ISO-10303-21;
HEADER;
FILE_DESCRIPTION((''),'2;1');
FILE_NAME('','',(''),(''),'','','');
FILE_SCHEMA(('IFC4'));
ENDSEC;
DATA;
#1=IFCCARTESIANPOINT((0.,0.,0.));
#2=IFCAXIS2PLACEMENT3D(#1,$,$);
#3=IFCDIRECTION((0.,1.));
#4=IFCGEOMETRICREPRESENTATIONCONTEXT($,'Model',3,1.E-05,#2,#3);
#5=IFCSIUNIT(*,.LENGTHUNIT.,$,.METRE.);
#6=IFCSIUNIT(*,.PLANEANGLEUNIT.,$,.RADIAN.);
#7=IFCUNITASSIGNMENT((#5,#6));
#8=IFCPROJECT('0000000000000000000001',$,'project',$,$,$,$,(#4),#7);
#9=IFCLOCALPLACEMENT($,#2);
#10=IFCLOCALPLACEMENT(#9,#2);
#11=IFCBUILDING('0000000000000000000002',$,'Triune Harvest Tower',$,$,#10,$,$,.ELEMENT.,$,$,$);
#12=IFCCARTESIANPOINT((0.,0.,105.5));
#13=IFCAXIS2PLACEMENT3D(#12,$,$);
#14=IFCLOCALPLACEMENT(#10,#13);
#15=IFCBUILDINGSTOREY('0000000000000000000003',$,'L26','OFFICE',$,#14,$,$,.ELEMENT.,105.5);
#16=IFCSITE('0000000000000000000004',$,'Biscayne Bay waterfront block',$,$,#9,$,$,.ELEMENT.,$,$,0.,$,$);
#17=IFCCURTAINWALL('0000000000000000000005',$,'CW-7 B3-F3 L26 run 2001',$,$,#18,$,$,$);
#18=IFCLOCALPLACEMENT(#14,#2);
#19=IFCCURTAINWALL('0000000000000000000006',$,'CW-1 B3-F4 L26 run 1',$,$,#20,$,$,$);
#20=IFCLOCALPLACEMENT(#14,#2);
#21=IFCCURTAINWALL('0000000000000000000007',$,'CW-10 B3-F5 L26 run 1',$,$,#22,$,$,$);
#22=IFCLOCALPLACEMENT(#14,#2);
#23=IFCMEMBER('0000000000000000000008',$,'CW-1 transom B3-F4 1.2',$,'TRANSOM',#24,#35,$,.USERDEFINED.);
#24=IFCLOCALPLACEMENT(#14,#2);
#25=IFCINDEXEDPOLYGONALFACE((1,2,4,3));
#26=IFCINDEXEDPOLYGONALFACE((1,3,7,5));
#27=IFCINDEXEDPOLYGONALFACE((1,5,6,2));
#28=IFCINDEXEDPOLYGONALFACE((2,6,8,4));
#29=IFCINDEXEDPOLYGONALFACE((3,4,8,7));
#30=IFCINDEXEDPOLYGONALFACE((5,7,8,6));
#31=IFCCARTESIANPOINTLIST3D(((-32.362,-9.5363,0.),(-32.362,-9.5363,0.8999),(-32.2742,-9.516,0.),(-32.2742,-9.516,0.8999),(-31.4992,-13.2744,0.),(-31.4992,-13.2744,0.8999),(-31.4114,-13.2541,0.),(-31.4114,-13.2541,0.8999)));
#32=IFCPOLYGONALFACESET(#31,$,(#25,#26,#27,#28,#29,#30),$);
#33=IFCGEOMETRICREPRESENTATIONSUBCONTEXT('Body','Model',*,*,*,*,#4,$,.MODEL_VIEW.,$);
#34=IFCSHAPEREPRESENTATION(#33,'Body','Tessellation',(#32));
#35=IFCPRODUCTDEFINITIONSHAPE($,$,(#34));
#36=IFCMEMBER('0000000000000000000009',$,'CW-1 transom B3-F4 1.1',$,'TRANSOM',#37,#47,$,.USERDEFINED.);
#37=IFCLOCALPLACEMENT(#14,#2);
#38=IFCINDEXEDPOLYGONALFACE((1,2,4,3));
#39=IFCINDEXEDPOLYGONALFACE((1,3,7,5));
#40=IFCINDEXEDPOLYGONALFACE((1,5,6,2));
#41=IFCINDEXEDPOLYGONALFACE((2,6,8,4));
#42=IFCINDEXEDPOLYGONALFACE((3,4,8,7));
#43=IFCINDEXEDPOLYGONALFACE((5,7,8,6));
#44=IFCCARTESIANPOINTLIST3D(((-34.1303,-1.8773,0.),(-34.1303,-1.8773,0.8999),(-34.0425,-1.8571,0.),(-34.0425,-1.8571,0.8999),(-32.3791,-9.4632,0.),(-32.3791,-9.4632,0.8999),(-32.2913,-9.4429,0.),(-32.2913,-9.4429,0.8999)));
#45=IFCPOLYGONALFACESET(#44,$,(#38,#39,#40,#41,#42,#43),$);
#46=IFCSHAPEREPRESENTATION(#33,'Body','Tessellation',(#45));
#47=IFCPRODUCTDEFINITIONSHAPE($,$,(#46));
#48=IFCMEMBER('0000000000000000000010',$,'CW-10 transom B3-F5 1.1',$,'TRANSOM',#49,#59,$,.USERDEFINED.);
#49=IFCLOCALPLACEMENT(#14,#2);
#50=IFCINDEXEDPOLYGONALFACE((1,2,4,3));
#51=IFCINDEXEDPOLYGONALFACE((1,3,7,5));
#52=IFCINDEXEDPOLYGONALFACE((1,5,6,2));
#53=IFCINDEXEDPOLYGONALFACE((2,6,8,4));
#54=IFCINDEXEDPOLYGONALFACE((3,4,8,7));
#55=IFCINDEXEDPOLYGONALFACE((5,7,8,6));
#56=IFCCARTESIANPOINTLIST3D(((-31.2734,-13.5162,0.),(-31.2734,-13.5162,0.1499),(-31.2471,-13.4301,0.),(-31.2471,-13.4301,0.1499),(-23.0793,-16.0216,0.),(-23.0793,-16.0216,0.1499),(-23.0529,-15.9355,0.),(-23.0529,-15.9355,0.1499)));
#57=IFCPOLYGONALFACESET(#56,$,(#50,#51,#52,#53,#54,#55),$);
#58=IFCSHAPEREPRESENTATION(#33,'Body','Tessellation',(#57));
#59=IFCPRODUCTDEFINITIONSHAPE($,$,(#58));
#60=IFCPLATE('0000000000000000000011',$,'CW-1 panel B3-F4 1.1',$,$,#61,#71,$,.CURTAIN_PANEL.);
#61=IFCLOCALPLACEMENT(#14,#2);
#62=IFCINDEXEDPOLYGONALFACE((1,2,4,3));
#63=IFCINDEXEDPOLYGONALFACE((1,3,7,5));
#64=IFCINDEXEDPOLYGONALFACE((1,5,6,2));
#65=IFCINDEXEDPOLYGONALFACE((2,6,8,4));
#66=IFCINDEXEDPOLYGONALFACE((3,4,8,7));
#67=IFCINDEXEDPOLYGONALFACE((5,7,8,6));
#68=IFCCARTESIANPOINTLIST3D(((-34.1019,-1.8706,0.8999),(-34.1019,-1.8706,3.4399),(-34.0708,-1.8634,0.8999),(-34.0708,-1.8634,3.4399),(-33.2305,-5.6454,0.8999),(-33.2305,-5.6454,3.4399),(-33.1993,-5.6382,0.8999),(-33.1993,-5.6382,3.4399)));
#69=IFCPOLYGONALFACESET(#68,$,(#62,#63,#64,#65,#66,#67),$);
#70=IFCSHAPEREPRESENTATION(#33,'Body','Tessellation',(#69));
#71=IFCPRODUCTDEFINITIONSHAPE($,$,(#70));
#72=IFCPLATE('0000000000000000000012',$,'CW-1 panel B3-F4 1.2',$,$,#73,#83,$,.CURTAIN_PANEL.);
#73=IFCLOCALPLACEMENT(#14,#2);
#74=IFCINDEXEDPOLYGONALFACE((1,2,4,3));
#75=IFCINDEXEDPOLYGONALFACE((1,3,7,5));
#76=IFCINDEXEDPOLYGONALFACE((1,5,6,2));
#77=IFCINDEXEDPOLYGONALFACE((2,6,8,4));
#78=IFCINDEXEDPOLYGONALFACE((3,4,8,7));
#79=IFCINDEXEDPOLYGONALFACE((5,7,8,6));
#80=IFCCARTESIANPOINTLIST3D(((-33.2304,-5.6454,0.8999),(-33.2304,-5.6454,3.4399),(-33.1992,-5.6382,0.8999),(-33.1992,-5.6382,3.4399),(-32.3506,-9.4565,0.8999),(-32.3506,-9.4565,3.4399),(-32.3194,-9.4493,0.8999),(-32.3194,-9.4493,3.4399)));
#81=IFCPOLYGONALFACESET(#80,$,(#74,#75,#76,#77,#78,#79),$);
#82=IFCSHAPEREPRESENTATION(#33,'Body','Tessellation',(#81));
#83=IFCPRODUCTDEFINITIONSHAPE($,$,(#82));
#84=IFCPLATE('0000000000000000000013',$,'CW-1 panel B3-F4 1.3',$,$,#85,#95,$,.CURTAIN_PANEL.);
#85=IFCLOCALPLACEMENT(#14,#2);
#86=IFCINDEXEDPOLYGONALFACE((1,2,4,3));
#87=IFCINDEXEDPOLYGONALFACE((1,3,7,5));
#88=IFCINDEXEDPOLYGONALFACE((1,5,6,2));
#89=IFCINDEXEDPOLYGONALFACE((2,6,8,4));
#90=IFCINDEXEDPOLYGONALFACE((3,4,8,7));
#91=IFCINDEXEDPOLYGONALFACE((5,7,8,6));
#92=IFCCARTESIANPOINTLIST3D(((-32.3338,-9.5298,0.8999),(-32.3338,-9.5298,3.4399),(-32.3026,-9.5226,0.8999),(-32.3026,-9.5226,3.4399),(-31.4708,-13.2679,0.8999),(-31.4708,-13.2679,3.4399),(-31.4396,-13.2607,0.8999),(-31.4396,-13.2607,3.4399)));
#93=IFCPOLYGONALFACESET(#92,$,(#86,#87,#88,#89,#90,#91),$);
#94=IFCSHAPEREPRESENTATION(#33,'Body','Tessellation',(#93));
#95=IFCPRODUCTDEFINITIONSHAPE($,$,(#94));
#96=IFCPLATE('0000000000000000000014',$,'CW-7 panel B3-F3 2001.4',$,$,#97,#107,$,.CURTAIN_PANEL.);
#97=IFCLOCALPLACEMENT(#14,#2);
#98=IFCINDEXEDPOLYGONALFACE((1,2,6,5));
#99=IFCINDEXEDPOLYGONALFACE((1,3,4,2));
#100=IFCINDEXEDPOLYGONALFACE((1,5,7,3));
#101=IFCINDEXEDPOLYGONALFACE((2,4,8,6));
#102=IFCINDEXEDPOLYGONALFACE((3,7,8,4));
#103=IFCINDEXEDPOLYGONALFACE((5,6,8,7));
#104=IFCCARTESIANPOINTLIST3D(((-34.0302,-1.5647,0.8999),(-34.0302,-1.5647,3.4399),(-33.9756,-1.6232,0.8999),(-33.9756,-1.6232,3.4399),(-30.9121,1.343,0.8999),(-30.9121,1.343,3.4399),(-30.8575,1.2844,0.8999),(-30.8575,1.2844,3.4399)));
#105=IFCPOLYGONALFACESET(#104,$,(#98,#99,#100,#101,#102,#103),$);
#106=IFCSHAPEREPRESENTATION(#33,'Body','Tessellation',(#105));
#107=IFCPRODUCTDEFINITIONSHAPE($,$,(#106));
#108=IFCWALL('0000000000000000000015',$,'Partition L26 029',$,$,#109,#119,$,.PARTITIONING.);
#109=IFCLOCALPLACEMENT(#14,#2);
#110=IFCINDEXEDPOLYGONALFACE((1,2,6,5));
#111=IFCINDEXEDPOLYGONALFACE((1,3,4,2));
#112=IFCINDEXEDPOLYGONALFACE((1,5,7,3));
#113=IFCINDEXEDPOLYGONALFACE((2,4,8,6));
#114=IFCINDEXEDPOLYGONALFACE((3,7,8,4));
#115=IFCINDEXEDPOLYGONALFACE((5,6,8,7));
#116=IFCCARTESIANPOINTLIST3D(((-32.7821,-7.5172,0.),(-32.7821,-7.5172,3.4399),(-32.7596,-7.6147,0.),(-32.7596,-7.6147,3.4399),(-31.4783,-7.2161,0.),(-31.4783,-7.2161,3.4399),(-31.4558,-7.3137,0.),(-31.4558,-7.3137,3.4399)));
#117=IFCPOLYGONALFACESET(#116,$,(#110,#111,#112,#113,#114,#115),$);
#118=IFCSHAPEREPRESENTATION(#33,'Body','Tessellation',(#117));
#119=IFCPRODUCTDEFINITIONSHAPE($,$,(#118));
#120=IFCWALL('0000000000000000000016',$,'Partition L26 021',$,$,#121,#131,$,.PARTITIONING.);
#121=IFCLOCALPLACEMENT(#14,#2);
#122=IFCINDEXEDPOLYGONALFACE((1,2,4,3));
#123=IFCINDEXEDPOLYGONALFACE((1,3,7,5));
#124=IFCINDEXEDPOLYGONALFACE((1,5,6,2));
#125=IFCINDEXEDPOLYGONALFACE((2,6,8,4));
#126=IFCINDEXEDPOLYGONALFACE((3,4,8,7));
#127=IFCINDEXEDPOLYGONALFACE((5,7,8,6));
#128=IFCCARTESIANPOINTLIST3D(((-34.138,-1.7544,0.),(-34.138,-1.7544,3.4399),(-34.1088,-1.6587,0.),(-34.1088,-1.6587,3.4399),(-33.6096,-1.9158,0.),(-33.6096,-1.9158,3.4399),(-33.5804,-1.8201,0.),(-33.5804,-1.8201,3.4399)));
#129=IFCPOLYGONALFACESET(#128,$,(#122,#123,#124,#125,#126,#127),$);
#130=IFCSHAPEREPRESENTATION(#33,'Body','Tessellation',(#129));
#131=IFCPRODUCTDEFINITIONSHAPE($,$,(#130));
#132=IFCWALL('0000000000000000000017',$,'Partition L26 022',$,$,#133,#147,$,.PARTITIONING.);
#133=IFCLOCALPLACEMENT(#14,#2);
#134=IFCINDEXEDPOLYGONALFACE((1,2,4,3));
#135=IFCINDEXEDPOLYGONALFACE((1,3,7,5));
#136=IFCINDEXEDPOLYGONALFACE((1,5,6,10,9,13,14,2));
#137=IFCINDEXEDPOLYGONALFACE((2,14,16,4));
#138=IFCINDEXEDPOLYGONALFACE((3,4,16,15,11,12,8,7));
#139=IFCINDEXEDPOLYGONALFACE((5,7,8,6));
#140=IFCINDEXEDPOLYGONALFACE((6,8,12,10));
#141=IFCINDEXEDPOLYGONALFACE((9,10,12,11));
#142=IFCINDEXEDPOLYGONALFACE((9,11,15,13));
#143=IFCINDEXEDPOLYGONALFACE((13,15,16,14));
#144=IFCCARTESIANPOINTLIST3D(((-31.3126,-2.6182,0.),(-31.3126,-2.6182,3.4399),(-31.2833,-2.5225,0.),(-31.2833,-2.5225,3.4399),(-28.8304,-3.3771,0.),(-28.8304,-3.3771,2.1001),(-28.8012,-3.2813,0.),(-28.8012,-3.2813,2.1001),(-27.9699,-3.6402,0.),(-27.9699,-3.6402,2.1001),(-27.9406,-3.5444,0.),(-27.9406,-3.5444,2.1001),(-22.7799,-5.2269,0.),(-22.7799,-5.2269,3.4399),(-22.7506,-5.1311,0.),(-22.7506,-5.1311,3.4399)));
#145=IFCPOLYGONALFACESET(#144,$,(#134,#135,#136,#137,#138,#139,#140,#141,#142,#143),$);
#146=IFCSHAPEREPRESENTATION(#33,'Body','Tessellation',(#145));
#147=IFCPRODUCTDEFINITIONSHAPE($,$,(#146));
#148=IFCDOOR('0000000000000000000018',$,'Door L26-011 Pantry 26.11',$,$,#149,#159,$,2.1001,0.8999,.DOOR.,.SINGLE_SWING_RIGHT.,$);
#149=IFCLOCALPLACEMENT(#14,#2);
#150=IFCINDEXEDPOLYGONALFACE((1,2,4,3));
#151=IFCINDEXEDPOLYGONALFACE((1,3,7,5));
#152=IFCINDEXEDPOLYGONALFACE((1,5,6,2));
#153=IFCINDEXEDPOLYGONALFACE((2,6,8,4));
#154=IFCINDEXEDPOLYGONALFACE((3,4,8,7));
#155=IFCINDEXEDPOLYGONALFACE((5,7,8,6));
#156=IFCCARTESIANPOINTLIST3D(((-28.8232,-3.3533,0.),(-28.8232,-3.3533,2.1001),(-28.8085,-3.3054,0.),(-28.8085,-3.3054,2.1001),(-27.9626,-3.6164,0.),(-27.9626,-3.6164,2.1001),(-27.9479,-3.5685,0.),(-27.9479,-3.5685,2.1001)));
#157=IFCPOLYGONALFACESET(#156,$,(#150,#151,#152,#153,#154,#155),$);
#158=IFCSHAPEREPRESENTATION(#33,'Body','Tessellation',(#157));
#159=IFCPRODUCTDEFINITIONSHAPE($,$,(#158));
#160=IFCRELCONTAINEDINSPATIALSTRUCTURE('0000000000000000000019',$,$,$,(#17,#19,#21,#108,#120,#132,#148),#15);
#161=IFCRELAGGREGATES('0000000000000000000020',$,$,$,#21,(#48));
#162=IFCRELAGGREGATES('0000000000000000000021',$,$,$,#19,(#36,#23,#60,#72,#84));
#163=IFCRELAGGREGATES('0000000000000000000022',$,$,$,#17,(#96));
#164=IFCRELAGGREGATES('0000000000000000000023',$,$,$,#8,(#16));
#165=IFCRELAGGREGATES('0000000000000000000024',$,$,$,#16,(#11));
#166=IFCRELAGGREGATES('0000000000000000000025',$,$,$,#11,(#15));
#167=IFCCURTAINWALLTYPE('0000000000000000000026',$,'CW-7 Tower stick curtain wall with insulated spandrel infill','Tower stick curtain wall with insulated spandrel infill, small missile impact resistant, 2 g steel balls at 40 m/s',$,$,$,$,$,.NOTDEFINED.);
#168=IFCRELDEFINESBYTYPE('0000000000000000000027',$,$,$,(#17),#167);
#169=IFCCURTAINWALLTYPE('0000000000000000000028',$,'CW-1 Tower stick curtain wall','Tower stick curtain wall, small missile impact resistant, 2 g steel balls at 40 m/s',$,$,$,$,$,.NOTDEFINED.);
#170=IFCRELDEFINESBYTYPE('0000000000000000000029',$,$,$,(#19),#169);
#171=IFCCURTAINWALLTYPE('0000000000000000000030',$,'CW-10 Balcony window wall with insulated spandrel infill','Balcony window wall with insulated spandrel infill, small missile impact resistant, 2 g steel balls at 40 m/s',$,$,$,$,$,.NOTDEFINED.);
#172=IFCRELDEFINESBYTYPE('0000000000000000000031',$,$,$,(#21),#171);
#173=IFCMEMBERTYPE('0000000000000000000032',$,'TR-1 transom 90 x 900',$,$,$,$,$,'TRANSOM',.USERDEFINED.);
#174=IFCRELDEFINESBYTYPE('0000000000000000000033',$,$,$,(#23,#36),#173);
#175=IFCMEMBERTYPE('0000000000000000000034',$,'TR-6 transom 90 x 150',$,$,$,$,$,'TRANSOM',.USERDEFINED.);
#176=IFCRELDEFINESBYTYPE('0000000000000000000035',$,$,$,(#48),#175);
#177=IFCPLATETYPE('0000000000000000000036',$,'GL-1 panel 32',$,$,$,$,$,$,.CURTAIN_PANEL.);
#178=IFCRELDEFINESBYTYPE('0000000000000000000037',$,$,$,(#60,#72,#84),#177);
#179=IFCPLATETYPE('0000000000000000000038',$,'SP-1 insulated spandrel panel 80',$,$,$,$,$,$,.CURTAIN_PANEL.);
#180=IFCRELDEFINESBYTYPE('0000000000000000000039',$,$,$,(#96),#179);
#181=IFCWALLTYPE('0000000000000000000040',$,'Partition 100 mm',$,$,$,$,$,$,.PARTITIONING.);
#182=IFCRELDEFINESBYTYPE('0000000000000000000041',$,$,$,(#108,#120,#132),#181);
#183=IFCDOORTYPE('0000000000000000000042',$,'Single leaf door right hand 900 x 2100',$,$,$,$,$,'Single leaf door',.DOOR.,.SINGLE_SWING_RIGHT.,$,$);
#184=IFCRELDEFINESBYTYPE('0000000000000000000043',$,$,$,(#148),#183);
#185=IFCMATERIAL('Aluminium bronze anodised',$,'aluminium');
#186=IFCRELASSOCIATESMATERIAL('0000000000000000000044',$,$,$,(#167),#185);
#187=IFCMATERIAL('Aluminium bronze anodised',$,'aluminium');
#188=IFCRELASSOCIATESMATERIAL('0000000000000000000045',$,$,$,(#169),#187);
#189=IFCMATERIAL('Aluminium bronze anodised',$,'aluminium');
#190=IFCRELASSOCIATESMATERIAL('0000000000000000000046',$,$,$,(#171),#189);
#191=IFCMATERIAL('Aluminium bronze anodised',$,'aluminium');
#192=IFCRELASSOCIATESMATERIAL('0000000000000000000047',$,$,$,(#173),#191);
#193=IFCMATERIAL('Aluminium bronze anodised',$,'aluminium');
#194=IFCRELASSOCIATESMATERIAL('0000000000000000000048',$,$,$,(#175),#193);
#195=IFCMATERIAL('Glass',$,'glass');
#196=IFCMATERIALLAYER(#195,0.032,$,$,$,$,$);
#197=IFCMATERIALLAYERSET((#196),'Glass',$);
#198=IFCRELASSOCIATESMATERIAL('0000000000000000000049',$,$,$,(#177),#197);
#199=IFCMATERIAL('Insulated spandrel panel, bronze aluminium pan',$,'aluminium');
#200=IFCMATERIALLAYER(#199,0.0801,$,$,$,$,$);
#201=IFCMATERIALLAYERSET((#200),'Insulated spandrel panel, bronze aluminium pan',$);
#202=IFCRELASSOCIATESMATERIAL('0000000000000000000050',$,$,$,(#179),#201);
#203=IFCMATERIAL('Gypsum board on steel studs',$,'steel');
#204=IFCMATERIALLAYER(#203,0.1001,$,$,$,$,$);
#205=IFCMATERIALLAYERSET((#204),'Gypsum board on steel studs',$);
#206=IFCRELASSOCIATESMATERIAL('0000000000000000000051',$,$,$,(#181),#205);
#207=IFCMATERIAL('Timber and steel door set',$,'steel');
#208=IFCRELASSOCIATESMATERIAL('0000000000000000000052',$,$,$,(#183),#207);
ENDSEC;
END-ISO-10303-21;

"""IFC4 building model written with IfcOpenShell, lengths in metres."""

from ifc_helpers import new_model, si_unit, direction, frame, frame_2d, origin, origin_2d, place, context, subcontext, project, spatial, rectangle, extrude, source, transform, mapped, material, layer, layer_set, material_profile, profile_set, type_object, element, fill, aggregate, save


model = new_model("IFC4")

# Units and contexts
model_context = context("Model", 3, precision=1e-05, world=origin(), true_north=direction((0.0, 1.0)))
body_context = subcontext(model_context, "Body", "Model", "MODEL_VIEW")
ifc_project = project(units=[si_unit("LENGTHUNIT", "METRE"), si_unit("PLANEANGLEUNIT", "RADIAN")], contexts=[model_context])

# Site, building, storey
site_placement = place(None, origin())
site = spatial("IfcSite", under=ifc_project, at=site_placement, Name="Biscayne Bay waterfront block", CompositionType="ELEMENT", RefElevation=0.0)
building_placement = place(site_placement, origin())
building = spatial("IfcBuilding", under=site, at=building_placement, Name="Triune Harvest Tower", CompositionType="ELEMENT")
storey_placement = place(building_placement, frame((0.0, 0.0, 105.5)))
storey = spatial("IfcBuildingStorey", under=building, at=storey_placement, Name="L26", Description="OFFICE", CompositionType="ELEMENT", Elevation=105.5)

# Curtain wall
ifc_material_1 = material(Name="Aluminium bronze anodised", Category="aluminium")
curtain_wall_type_1 = type_object("IfcCurtainWallType", Name="CW-7 Tower stick curtain wall with insulated spandrel infill", Description="Tower stick curtain wall with insulated spandrel infill, small missile impact resistant, 2 g steel balls at 40 m/s", PredefinedType="NOTDEFINED", material=ifc_material_1)
curtain_wall_1_placement = place(storey_placement, origin())
curtain_wall_1 = element("IfcCurtainWall", 1, at=curtain_wall_1_placement, inside=storey, type_object=curtain_wall_type_1, Name="CW-7 B3-F3 L26 run 2001")

# Curtain wall
ifc_material_2 = material(Name="Aluminium bronze anodised", Category="aluminium")
curtain_wall_type_2 = type_object("IfcCurtainWallType", Name="CW-1 Tower stick curtain wall", Description="Tower stick curtain wall, small missile impact resistant, 2 g steel balls at 40 m/s", PredefinedType="NOTDEFINED", material=ifc_material_2)
curtain_wall_2_placement = place(storey_placement, origin())
curtain_wall_2 = element("IfcCurtainWall", 2, at=curtain_wall_2_placement, inside=storey, type_object=curtain_wall_type_2, Name="CW-1 B3-F4 L26 run 1")

# Curtain wall
ifc_material_3 = material(Name="Aluminium bronze anodised", Category="aluminium")
curtain_wall_type_3 = type_object("IfcCurtainWallType", Name="CW-10 Balcony window wall with insulated spandrel infill", Description="Balcony window wall with insulated spandrel infill, small missile impact resistant, 2 g steel balls at 40 m/s", PredefinedType="NOTDEFINED", material=ifc_material_3)
curtain_wall_3_placement = place(storey_placement, origin())
curtain_wall_3 = element("IfcCurtainWall", 3, at=curtain_wall_3_placement, inside=storey, type_object=curtain_wall_type_3, Name="CW-10 B3-F5 L26 run 1")

# Members
ifc_material_4 = material(Name="Aluminium bronze anodised", Category="aluminium")
ifc_material_profile_1 = material_profile(ifc_material_4, rectangle(XDim=0.0901, YDim=0.8999, at=origin_2d()), Name="TR-1 transom 90 x 900")
ifc_profile_set_1 = profile_set([ifc_material_profile_1], Name="Aluminium bronze anodised")
member_type_1 = type_object("IfcMemberType", Name="TR-1 transom 90 x 900", ElementType="TRANSOM", PredefinedType="USERDEFINED", material=ifc_profile_set_1)
shared_shape_1 = source(origin(), body_context, "Body", "SweptSolid", [
    extrude(rectangle(XDim=0.0901, YDim=0.8999, at=origin_2d()), origin(), (0.0, 0.0, 1.0), 3.8364),
])
member_1_placement = place(storey_placement, frame((-32.3181, -9.5261, 0.45), z_axis=(0.224901, -0.974382, 0.0), x_axis=(0.974382, 0.224901, 0.0)))
member_1 = element("IfcMember", 4, at=member_1_placement, type_object=member_type_1, Name="CW-1 transom B3-F4 1.2", ObjectType="TRANSOM", PredefinedType="USERDEFINED", context=body_context, shape_type="MappedRepresentation", body=[
    mapped(shared_shape_1, transform((0.0, 0.0, 0.0), scale=1.0)),
])
shared_shape_2 = source(origin(), body_context, "Body", "SweptSolid", [
    extrude(rectangle(XDim=0.0901, YDim=0.8999, at=origin_2d()), origin(), (0.0, 0.0, 1.0), 7.7854),
])
member_2_placement = place(storey_placement, frame((-34.0864, -1.8672, 0.45), z_axis=(0.224935, -0.974374, 0.0), x_axis=(0.974374, 0.224935, 0.0)))
member_2 = element("IfcMember", 5, at=member_2_placement, type_object=member_type_1, Name="CW-1 transom B3-F4 1.1", ObjectType="TRANSOM", PredefinedType="USERDEFINED", context=body_context, shape_type="MappedRepresentation", body=[
    mapped(shared_shape_2, transform((0.0, 0.0, 0.0), scale=1.0)),
])
ifc_material_5 = material(Name="Aluminium bronze anodised", Category="aluminium")
ifc_material_profile_2 = material_profile(ifc_material_5, rectangle(XDim=0.0901, YDim=0.1499, at=origin_2d()), Name="TR-6 transom 90 x 150")
ifc_profile_set_2 = profile_set([ifc_material_profile_2], Name="Aluminium bronze anodised")
member_type_2 = type_object("IfcMemberType", Name="TR-6 transom 90 x 150", ElementType="TRANSOM", PredefinedType="USERDEFINED", material=ifc_profile_set_2)
shared_shape_3 = source(origin(), body_context, "Body", "SweptSolid", [
    extrude(rectangle(XDim=0.0901, YDim=0.1499, at=origin_2d()), origin(), (0.0, 0.0, 1.0), 8.5686),
])
member_3_placement = place(storey_placement, frame((-31.2603, -13.4731, 0.075), z_axis=(0.956299, -0.292392, 0.0), x_axis=(0.292392, 0.956299, 0.0)))
member_3 = element("IfcMember", 6, at=member_3_placement, type_object=member_type_2, Name="CW-10 transom B3-F5 1.1", ObjectType="TRANSOM", PredefinedType="USERDEFINED", context=body_context, shape_type="MappedRepresentation", body=[
    mapped(shared_shape_3, transform((0.0, 0.0, 0.0), scale=1.0)),
])
aggregate(curtain_wall_3, [member_3])

# Plates
ifc_material_6 = material(Name="Glass", Category="glass")
ifc_layer_1 = layer(ifc_material_6, 0.032)
ifc_layer_set_1 = layer_set([ifc_layer_1], Name="Glass")
plate_type_1 = type_object("IfcPlateType", Name="GL-1 panel 32", PredefinedType="CURTAIN_PANEL", material=ifc_layer_set_1)
shared_shape_4 = source(origin(), body_context, "Body", "SweptSolid", [
    extrude(rectangle(XDim=3.874, YDim=0.032, at=origin_2d()), origin(), (0.0, 0.0, 1.0), 2.54),
])
plate_1_placement = place(storey_placement, frame((-33.6506, -3.7544, 0.8999), z_axis=(0.0, 0.0, 1.0), x_axis=(0.224947, -0.974371, 0.0)))
plate_1 = element("IfcPlate", 7, at=plate_1_placement, type_object=plate_type_1, Name="CW-1 panel B3-F4 1.1", PredefinedType="CURTAIN_PANEL", context=body_context, shape_type="MappedRepresentation", body=[
    mapped(shared_shape_4, transform((0.0, 0.0, 0.0), scale=1.0)),
])
shared_shape_5 = source(origin(), body_context, "Body", "SweptSolid", [
    extrude(rectangle(XDim=3.9114, YDim=0.032, at=origin_2d()), origin(), (0.0, 0.0, 1.0), 2.54),
])
plate_2_placement = place(storey_placement, frame((-32.7749, -7.5474, 0.8999), z_axis=(0.0, 0.0, 1.0), x_axis=(0.224947, -0.974371, 0.0)))
plate_2 = element("IfcPlate", 8, at=plate_2_placement, type_object=plate_type_1, Name="CW-1 panel B3-F4 1.2", PredefinedType="CURTAIN_PANEL", context=body_context, shape_type="MappedRepresentation", body=[
    mapped(shared_shape_5, transform((0.0, 0.0, 0.0), scale=1.0)),
])
shared_shape_6 = source(origin(), body_context, "Body", "SweptSolid", [
    extrude(rectangle(XDim=3.8364, YDim=0.032, at=origin_2d()), origin(), (0.0, 0.0, 1.0), 2.54),
])
plate_3_placement = place(storey_placement, frame((-31.8867, -11.3953, 0.8999), z_axis=(0.0, 0.0, 1.0), x_axis=(0.224947, -0.974371, 0.0)))
plate_3 = element("IfcPlate", 9, at=plate_3_placement, type_object=plate_type_1, Name="CW-1 panel B3-F4 1.3", PredefinedType="CURTAIN_PANEL", context=body_context, shape_type="MappedRepresentation", body=[
    mapped(shared_shape_6, transform((0.0, 0.0, 0.0), scale=1.0)),
])
aggregate(curtain_wall_2, [member_2, member_1, plate_1, plate_2, plate_3])
ifc_material_7 = material(Name="Insulated spandrel panel, bronze aluminium pan", Category="aluminium")
ifc_layer_2 = layer(ifc_material_7, 0.0801)
ifc_layer_set_2 = layer_set([ifc_layer_2], Name="Insulated spandrel panel, bronze aluminium pan")
plate_type_2 = type_object("IfcPlateType", Name="SP-1 insulated spandrel panel 80", PredefinedType="CURTAIN_PANEL", material=ifc_layer_set_2)
shared_shape_7 = source(origin(), body_context, "Body", "SweptSolid", [
    extrude(rectangle(XDim=4.2634, YDim=0.0801, at=origin_2d()), origin(), (0.0, 0.0, 1.0), 2.54),
])
plate_4_placement = place(storey_placement, frame((-32.4438, -0.1401, 0.8999), z_axis=(0.0, 0.0, 1.0), x_axis=(-0.731353, -0.681999, 0.0)))
plate_4 = element("IfcPlate", 10, at=plate_4_placement, type_object=plate_type_2, Name="CW-7 panel B3-F3 2001.4", PredefinedType="CURTAIN_PANEL", context=body_context, shape_type="MappedRepresentation", body=[
    mapped(shared_shape_7, transform((0.0, 0.0, 0.0), scale=1.0)),
])
aggregate(curtain_wall_1, [plate_4])

# Walls
ifc_material_8 = material(Name="Gypsum board on steel studs", Category="steel")
ifc_layer_3 = layer(ifc_material_8, 0.1001)
ifc_layer_set_3 = layer_set([ifc_layer_3], Name="Gypsum board on steel studs")
wall_type = type_object("IfcWallType", Name="Partition 100 mm", PredefinedType="PARTITIONING", material=ifc_layer_set_3)
shared_shape_8 = source(origin(), body_context, "Body", "SweptSolid", [
    extrude(rectangle(XDim=1.3381, YDim=0.1001, at=frame_2d((0.6689, 0.0))), origin(), (0.0, 0.0, 1.0), 3.4399),
])
wall_1_placement = place(storey_placement, frame((-32.7708, -7.5659, 0.0), z_axis=(0.0, 0.0, 1.0), x_axis=(0.974364, 0.224979, 0.0)))
element("IfcWall", 11, at=wall_1_placement, inside=storey, type_object=wall_type, Name="Partition L26 029", PredefinedType="PARTITIONING", context=body_context, shape_type="MappedRepresentation", body=[
    mapped(shared_shape_8, transform((0.0, 0.0, 0.0), scale=1.0)),
])
shared_shape_9 = source(origin(), body_context, "Body", "SweptSolid", [
    extrude(rectangle(XDim=0.5525, YDim=0.1001, at=frame_2d((0.2764, 0.0))), origin(), (0.0, 0.0, 1.0), 3.4399),
])
wall_2_placement = place(storey_placement, frame((-34.1235, -1.7065, 0.0), z_axis=(0.0, 0.0, 1.0), x_axis=(0.956379, -0.292129, 0.0)))
element("IfcWall", 12, at=wall_2_placement, inside=storey, type_object=wall_type, Name="Partition L26 021", PredefinedType="PARTITIONING", context=body_context, shape_type="MappedRepresentation", body=[
    mapped(shared_shape_9, transform((0.0, 0.0, 0.0), scale=1.0)),
])

# Wall, opening, door
shared_shape_10 = source(origin(), body_context, "Body", "SweptSolid", [
    extrude(rectangle(XDim=8.9226, YDim=0.1001, at=frame_2d((4.4614, 0.0))), origin(), (0.0, 0.0, 1.0), 3.4399),
])
wall_3_placement = place(storey_placement, frame((-31.2981, -2.5703, 0.0), z_axis=(0.0, 0.0, 1.0), x_axis=(0.956307, -0.292365, 0.0)))
wall_3 = element("IfcWall", 13, at=wall_3_placement, inside=storey, type_object=wall_type, Name="Partition L26 022", PredefinedType="PARTITIONING", context=body_context, shape_type="MappedRepresentation", body=[
    mapped(shared_shape_10, transform((0.0, 0.0, 0.0), scale=1.0)),
])
opening_1_placement = place(wall_3_placement, frame((2.5957, 0.0, 0.0)))
opening_1 = element("IfcOpeningElement", 14, at=opening_1_placement, cuts=wall_3, PredefinedType="OPENING", context=body_context, shape_type="SweptSolid", body=[
    extrude(rectangle(XDim=0.8999, YDim=2.1001, at=frame_2d((0.45, 1.05))), frame((0.0, 0.0601, 0.0), z_axis=(0.0, -1.0, 0.0), x_axis=(1.0, 0.0, 0.0)), (0.0, 0.0, 1.0), 0.1201),
])
ifc_material_9 = material(Name="Timber and steel door set", Category="steel")
door_type = type_object("IfcDoorType", Name="Single leaf door right hand 900 x 2100", ElementType="Single leaf door", OperationType="SINGLE_SWING_RIGHT", PredefinedType="DOOR", material=ifc_material_9)
door_1_placement = place(opening_1_placement, origin())
door_1 = element("IfcDoor", 15, at=door_1_placement, inside=storey, type_object=door_type, Name="Door L26-011 Pantry 26.11", OperationType="SINGLE_SWING_RIGHT", OverallHeight=2.1001, OverallWidth=0.8999, PredefinedType="DOOR", context=body_context, shape_type="SweptSolid", body=[
    extrude(rectangle(XDim=0.8999, YDim=2.1001, at=frame_2d((0.45, 1.05))), frame((0.0, 0.0249, 0.0), z_axis=(0.0, -1.0, 0.0), x_axis=(1.0, 0.0, 0.0)), (0.0, 0.0, 1.0), 0.05),
])
fill(opening_1, door_1)

save(model, "model.ifc")
